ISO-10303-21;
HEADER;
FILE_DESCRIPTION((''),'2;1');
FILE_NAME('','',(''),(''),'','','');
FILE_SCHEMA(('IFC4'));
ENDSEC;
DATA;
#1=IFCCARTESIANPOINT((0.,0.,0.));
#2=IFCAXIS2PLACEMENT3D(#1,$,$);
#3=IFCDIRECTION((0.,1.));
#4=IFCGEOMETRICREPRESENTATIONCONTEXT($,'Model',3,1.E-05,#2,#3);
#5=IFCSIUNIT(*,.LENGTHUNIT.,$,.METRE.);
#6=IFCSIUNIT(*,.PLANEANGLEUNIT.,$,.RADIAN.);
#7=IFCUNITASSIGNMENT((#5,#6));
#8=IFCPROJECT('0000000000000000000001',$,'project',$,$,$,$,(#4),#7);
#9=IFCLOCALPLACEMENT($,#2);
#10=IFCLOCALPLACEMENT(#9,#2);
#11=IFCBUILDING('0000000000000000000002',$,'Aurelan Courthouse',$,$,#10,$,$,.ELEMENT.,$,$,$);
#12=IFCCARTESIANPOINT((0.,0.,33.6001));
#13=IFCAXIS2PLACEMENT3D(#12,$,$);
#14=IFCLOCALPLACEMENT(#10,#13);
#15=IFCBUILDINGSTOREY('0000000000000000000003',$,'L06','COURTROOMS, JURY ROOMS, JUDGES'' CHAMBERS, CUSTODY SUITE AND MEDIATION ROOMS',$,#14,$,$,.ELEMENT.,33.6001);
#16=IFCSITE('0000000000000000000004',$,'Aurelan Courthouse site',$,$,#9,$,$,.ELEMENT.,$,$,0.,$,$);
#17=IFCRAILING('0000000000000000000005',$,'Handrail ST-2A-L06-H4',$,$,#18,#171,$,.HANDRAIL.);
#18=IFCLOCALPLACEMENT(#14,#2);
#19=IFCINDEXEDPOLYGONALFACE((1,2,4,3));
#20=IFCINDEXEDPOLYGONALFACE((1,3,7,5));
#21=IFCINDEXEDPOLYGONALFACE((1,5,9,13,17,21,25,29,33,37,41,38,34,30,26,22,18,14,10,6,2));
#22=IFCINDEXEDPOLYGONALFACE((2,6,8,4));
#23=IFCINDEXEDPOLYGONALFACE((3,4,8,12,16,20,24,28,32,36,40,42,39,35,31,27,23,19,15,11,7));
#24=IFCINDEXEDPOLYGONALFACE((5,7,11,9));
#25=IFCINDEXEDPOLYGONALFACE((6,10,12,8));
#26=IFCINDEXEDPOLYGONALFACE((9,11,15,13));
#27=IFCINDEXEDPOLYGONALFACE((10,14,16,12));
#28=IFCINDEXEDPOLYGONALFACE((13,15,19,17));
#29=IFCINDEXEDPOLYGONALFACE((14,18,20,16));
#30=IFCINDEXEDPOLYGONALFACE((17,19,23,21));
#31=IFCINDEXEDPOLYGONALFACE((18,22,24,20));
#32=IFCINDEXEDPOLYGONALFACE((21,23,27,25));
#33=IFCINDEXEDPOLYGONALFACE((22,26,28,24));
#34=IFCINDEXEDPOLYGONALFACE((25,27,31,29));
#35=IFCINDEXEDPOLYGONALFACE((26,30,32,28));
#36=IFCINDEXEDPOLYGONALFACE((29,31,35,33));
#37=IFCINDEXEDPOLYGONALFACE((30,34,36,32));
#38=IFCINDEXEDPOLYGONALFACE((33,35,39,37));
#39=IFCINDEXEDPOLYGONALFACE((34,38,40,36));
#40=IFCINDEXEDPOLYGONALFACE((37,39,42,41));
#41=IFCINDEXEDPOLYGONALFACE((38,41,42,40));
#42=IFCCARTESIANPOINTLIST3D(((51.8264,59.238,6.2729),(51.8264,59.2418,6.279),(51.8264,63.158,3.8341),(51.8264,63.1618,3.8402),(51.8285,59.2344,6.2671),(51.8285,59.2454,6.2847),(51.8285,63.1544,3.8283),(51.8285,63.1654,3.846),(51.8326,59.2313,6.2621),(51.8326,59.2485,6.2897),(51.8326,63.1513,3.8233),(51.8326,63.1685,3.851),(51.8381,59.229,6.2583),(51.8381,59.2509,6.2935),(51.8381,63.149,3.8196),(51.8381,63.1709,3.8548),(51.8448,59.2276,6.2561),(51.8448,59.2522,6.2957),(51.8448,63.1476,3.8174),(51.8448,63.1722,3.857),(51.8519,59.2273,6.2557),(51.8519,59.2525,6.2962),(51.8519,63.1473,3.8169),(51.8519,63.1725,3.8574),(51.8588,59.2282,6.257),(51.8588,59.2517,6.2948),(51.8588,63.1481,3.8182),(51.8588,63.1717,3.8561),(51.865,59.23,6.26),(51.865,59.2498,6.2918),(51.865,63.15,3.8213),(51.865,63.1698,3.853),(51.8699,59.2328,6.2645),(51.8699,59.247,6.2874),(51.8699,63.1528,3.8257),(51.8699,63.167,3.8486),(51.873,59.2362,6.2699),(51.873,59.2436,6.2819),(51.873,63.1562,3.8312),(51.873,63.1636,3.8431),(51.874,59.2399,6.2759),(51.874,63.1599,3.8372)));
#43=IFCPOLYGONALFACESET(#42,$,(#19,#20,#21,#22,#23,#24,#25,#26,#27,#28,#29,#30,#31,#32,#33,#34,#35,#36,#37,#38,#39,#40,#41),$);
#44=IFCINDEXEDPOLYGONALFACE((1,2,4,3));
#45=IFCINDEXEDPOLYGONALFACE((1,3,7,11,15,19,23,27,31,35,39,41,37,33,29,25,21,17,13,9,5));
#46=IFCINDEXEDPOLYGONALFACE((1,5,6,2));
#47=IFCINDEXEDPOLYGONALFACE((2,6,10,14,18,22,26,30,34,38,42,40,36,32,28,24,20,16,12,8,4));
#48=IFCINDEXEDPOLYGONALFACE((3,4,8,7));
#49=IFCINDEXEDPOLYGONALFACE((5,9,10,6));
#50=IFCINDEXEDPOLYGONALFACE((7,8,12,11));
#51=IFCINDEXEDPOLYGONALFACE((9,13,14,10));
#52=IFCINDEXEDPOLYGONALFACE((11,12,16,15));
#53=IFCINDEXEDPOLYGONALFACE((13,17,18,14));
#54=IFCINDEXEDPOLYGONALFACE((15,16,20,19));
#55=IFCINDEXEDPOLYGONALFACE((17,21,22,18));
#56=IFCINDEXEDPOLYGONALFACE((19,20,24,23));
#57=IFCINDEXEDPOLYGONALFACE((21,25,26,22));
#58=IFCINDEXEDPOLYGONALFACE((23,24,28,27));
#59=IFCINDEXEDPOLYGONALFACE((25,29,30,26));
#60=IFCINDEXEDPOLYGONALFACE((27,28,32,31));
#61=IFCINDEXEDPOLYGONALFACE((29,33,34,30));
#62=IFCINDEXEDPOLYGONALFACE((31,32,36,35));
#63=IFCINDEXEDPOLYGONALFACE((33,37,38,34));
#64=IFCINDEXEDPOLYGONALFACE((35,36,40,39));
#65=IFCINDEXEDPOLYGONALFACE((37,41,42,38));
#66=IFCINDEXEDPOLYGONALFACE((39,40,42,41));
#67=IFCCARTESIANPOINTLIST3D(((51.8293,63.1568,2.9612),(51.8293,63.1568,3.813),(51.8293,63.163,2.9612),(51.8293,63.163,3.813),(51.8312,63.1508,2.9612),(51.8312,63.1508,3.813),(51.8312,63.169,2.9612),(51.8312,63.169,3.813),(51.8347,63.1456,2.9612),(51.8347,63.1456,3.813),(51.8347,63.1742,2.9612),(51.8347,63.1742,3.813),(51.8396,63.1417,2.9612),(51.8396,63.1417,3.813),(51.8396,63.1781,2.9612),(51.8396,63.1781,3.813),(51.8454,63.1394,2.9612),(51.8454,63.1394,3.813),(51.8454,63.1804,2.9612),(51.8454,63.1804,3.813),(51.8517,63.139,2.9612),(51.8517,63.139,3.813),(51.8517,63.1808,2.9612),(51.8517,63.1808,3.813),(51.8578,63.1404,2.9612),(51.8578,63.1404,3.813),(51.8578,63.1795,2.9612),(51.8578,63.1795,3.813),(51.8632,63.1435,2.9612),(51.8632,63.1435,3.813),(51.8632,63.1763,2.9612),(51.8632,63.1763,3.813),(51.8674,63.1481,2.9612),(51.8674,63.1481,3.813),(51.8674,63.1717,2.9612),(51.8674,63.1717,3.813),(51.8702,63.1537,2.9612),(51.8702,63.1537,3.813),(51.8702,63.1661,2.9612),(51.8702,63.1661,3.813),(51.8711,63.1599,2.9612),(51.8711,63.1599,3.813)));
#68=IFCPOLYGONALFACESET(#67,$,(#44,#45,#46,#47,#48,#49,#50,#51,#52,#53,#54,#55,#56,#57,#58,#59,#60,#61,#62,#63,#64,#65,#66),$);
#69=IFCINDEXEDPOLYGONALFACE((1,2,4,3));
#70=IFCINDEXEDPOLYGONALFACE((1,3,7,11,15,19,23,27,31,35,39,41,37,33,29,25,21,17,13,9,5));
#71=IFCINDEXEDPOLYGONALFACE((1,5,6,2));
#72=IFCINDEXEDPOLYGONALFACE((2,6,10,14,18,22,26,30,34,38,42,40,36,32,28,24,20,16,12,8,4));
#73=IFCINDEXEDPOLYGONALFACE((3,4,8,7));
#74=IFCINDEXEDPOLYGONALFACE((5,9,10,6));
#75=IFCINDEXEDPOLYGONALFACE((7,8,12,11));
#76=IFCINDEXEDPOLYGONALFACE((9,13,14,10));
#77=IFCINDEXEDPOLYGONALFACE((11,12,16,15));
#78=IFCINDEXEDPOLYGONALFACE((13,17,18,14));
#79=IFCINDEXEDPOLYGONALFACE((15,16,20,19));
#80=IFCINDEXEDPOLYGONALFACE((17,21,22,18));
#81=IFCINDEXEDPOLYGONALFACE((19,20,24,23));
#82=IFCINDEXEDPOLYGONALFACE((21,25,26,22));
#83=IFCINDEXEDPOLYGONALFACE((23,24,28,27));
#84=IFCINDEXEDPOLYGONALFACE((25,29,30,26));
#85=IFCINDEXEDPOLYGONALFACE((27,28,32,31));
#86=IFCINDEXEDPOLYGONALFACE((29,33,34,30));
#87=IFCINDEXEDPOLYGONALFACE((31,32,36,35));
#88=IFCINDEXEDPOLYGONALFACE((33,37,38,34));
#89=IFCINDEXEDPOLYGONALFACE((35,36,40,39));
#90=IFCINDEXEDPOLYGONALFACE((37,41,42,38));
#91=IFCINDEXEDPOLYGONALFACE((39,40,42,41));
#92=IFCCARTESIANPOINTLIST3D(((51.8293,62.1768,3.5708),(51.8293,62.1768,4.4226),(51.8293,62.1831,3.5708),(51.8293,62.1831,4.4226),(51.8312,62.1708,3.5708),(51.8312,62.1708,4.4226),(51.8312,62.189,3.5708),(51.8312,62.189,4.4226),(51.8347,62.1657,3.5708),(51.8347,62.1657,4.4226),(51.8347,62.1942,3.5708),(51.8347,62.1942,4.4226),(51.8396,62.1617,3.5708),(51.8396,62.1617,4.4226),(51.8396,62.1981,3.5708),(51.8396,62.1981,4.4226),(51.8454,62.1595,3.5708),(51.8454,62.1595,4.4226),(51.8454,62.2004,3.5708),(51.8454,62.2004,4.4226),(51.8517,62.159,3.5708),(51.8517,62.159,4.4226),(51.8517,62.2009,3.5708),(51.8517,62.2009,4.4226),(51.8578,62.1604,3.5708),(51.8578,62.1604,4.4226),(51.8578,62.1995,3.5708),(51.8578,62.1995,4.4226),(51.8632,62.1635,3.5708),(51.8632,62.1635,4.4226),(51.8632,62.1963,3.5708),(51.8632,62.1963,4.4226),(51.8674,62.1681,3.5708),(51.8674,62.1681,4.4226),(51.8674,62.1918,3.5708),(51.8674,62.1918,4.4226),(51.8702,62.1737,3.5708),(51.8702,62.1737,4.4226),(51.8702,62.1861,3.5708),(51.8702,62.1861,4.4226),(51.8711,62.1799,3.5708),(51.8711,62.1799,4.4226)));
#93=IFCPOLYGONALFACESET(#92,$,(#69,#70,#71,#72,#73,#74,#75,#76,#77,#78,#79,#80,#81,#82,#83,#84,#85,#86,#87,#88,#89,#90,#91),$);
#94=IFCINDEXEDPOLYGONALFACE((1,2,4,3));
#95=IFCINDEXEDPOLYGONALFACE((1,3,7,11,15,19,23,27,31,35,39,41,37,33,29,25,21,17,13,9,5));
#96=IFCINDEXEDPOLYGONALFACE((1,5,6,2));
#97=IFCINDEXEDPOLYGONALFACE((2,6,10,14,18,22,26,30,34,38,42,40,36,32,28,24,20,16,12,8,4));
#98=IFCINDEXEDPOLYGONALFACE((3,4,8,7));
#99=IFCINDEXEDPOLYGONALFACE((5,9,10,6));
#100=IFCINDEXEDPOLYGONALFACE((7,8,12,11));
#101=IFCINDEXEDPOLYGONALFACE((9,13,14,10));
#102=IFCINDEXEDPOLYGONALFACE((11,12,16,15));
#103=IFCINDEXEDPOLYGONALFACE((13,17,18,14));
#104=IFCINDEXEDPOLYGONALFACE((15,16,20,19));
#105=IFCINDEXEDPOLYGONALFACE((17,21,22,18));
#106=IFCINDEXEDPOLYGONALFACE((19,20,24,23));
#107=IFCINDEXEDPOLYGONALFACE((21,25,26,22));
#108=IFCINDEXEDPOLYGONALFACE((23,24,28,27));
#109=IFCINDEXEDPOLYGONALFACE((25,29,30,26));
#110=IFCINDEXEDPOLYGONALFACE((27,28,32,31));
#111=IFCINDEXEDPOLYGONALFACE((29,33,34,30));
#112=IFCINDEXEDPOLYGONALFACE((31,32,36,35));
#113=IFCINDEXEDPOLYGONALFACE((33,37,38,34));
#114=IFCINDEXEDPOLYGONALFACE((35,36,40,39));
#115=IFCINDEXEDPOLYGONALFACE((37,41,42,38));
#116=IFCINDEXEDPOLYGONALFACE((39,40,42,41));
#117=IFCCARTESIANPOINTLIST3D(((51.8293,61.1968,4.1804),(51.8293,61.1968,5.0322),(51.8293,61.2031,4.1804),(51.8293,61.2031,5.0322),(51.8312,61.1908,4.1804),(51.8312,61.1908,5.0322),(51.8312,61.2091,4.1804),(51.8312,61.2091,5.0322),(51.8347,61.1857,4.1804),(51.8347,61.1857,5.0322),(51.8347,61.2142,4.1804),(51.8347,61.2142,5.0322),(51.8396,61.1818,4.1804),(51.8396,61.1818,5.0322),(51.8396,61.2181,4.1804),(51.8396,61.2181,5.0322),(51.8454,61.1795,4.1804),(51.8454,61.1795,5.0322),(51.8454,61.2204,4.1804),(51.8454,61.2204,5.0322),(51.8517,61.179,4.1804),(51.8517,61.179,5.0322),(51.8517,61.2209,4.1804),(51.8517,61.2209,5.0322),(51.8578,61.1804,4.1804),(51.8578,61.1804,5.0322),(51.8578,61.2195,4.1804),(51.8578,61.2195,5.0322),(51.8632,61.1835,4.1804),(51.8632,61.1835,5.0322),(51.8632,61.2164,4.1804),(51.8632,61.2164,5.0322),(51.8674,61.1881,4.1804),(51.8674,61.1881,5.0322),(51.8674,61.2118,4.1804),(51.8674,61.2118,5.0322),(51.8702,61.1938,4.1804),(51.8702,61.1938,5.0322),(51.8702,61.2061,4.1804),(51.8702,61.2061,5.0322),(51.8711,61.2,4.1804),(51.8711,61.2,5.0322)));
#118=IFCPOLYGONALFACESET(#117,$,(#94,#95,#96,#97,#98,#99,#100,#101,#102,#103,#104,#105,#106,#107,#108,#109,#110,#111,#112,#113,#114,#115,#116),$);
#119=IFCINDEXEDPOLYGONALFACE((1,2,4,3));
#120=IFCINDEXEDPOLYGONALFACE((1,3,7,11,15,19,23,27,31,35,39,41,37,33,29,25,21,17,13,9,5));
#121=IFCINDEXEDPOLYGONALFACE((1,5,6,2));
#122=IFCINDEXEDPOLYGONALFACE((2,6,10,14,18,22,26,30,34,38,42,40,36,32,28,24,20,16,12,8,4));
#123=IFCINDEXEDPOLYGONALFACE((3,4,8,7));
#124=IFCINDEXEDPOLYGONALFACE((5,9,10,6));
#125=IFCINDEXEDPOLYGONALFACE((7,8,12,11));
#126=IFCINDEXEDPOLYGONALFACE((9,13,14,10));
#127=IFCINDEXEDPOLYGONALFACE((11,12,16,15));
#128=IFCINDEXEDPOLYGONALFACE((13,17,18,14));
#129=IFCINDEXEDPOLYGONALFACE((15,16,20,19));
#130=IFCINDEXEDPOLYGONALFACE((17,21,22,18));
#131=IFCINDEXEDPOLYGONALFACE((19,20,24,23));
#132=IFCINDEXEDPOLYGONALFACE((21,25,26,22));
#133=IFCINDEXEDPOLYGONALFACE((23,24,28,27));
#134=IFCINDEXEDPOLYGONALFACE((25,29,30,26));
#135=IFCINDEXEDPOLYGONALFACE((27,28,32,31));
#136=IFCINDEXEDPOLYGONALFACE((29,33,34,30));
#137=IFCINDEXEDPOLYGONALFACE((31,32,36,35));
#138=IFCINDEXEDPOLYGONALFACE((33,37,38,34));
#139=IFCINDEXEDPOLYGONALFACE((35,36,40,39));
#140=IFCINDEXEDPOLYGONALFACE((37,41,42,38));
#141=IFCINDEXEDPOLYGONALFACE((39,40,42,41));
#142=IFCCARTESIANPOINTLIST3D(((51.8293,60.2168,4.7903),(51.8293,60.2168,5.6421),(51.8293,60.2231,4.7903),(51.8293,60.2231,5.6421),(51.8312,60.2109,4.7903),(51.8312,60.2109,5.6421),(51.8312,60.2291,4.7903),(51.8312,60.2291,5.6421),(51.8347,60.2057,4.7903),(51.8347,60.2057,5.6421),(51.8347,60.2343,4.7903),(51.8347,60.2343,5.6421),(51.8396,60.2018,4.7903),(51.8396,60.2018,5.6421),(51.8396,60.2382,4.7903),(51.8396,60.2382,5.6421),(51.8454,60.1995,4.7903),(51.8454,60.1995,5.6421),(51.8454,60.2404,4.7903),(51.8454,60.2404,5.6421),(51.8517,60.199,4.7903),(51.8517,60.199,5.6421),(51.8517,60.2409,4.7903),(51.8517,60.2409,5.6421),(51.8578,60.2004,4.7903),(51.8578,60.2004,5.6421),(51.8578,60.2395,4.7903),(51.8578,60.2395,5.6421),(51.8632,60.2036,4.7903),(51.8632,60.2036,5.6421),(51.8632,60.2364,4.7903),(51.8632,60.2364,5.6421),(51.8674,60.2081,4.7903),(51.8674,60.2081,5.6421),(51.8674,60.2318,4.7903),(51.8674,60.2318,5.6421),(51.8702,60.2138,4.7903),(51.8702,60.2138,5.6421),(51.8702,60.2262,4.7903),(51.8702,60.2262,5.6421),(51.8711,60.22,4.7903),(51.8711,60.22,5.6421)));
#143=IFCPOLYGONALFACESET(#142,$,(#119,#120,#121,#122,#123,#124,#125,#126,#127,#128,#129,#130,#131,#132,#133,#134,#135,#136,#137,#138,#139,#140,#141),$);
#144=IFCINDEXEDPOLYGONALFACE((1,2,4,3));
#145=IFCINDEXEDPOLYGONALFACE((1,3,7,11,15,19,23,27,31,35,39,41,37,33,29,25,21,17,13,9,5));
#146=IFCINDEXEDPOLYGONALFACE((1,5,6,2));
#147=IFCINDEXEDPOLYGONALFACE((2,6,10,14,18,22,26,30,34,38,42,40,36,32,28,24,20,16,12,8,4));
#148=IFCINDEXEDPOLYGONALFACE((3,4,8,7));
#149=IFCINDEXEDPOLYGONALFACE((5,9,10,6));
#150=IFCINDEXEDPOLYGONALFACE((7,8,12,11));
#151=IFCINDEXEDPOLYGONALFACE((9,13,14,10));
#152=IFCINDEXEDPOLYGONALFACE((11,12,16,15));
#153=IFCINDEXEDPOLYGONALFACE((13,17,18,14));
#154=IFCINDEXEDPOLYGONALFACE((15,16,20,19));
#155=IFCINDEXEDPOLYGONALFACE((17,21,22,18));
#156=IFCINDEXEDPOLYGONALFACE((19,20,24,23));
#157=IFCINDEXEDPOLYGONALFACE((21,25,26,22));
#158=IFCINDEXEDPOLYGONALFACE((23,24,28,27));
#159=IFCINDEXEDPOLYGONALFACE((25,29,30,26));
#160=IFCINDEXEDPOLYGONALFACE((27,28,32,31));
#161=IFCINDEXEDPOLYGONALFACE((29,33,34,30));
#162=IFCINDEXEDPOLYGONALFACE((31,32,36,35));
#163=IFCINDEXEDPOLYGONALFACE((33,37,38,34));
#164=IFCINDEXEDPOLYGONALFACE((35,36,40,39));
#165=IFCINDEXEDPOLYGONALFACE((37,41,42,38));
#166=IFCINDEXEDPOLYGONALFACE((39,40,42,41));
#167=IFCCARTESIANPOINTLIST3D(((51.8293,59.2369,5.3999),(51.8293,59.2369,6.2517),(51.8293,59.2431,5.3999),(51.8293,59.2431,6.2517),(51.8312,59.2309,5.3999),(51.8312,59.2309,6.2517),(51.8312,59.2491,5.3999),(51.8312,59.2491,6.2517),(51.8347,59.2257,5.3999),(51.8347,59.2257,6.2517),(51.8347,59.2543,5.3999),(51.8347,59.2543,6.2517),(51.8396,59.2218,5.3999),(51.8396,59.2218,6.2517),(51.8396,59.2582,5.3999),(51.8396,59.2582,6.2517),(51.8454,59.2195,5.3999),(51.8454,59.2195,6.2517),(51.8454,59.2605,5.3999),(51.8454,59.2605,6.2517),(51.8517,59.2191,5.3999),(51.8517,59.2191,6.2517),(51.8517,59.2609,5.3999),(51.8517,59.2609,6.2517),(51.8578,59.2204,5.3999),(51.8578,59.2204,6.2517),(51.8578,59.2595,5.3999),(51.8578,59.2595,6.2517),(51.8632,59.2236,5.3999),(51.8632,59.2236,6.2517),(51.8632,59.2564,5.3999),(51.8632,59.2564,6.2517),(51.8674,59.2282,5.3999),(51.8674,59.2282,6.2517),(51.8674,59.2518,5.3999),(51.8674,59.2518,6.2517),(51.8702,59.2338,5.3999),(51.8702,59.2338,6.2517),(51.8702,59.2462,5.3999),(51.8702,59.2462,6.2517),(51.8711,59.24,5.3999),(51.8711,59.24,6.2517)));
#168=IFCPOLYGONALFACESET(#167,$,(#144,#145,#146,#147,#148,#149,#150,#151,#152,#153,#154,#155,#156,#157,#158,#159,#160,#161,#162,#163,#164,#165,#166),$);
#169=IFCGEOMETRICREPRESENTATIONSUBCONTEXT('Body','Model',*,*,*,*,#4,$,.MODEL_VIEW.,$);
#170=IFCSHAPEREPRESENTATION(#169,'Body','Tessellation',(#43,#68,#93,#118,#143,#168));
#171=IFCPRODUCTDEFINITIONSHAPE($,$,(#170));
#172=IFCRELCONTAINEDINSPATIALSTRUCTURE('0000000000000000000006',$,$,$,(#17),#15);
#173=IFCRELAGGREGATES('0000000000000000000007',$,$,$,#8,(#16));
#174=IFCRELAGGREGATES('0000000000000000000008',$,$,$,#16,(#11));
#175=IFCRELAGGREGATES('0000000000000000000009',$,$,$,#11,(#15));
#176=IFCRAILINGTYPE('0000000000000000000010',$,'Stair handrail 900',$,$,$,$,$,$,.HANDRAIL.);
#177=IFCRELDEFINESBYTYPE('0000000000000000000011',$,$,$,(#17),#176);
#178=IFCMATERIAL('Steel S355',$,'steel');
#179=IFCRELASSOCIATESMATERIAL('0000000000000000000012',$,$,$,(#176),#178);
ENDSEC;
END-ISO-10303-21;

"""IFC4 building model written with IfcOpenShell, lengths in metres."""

from ifc_helpers import new_model, si_unit, direction, frame, origin, origin_2d, place, context, subcontext, project, spatial, circle, extrude, material, type_object, element, save


model = new_model("IFC4")

# Units and contexts
model_context = context("Model", 3, precision=1e-05, world=origin(), true_north=direction((0.0, 1.0)))
body_context = subcontext(model_context, "Body", "Model", "MODEL_VIEW")
ifc_project = project(units=[si_unit("LENGTHUNIT", "METRE"), si_unit("PLANEANGLEUNIT", "RADIAN")], contexts=[model_context])

# Site, building, storey
site_placement = place(None, origin())
site = spatial("IfcSite", under=ifc_project, at=site_placement, Name="Aurelan Courthouse site", CompositionType="ELEMENT", RefElevation=0.0)
building_placement = place(site_placement, origin())
building = spatial("IfcBuilding", under=site, at=building_placement, Name="Aurelan Courthouse", CompositionType="ELEMENT")
storey_placement = place(building_placement, frame((0.0, 0.0, 33.6001)))
storey = spatial("IfcBuildingStorey", under=building, at=storey_placement, Name="L06", Description="COURTROOMS, JURY ROOMS, JUDGES' CHAMBERS, CUSTODY SUITE AND MEDIATION ROOMS", CompositionType="ELEMENT", Elevation=33.6001)

# Railing
ifc_material_1 = material(Name="Steel S355", Category="steel")
railing_type_1 = type_object("IfcRailingType", Name="Stair handrail 900", PredefinedType="HANDRAIL", material=ifc_material_1)
for number, where, name in (
    (1, (51.8501, 63.1599, 2.9612), "Handrail ST-2A-L06-H4"),
):
    element("IfcRailing", number, at=place(storey_placement, frame(where)), inside=storey, type_object=railing_type_1, Name=name, PredefinedType="HANDRAIL", context=body_context, shape_type="SweptSolid", body=[
        extrude(circle(Radius=0.0239, at=origin_2d()), frame((0.0, 0.0, 0.876), z_axis=(0.0, -0.84909, 0.528249), x_axis=(1.0, 0.0, 0.0)), (0.0, 0.0, 1.0), 4.6167),
        extrude(circle(Radius=0.021, at=origin_2d()), origin(), (0.0, 0.0, 1.0), 0.8518),
        extrude(circle(Radius=0.021, at=origin_2d()), frame((0.0, -0.98, 0.6096)), (0.0, 0.0, 1.0), 0.8518),
        extrude(circle(Radius=0.021, at=origin_2d()), frame((0.0, -1.96, 1.2192)), (0.0, 0.0, 1.0), 0.8518),
        extrude(circle(Radius=0.021, at=origin_2d()), frame((0.0, -2.9399, 1.8291)), (0.0, 0.0, 1.0), 0.8518),
        extrude(circle(Radius=0.021, at=origin_2d()), frame((0.0, -3.9199, 2.4387)), (0.0, 0.0, 1.0), 0.8518),
    ])

save(model, "model.ifc")
